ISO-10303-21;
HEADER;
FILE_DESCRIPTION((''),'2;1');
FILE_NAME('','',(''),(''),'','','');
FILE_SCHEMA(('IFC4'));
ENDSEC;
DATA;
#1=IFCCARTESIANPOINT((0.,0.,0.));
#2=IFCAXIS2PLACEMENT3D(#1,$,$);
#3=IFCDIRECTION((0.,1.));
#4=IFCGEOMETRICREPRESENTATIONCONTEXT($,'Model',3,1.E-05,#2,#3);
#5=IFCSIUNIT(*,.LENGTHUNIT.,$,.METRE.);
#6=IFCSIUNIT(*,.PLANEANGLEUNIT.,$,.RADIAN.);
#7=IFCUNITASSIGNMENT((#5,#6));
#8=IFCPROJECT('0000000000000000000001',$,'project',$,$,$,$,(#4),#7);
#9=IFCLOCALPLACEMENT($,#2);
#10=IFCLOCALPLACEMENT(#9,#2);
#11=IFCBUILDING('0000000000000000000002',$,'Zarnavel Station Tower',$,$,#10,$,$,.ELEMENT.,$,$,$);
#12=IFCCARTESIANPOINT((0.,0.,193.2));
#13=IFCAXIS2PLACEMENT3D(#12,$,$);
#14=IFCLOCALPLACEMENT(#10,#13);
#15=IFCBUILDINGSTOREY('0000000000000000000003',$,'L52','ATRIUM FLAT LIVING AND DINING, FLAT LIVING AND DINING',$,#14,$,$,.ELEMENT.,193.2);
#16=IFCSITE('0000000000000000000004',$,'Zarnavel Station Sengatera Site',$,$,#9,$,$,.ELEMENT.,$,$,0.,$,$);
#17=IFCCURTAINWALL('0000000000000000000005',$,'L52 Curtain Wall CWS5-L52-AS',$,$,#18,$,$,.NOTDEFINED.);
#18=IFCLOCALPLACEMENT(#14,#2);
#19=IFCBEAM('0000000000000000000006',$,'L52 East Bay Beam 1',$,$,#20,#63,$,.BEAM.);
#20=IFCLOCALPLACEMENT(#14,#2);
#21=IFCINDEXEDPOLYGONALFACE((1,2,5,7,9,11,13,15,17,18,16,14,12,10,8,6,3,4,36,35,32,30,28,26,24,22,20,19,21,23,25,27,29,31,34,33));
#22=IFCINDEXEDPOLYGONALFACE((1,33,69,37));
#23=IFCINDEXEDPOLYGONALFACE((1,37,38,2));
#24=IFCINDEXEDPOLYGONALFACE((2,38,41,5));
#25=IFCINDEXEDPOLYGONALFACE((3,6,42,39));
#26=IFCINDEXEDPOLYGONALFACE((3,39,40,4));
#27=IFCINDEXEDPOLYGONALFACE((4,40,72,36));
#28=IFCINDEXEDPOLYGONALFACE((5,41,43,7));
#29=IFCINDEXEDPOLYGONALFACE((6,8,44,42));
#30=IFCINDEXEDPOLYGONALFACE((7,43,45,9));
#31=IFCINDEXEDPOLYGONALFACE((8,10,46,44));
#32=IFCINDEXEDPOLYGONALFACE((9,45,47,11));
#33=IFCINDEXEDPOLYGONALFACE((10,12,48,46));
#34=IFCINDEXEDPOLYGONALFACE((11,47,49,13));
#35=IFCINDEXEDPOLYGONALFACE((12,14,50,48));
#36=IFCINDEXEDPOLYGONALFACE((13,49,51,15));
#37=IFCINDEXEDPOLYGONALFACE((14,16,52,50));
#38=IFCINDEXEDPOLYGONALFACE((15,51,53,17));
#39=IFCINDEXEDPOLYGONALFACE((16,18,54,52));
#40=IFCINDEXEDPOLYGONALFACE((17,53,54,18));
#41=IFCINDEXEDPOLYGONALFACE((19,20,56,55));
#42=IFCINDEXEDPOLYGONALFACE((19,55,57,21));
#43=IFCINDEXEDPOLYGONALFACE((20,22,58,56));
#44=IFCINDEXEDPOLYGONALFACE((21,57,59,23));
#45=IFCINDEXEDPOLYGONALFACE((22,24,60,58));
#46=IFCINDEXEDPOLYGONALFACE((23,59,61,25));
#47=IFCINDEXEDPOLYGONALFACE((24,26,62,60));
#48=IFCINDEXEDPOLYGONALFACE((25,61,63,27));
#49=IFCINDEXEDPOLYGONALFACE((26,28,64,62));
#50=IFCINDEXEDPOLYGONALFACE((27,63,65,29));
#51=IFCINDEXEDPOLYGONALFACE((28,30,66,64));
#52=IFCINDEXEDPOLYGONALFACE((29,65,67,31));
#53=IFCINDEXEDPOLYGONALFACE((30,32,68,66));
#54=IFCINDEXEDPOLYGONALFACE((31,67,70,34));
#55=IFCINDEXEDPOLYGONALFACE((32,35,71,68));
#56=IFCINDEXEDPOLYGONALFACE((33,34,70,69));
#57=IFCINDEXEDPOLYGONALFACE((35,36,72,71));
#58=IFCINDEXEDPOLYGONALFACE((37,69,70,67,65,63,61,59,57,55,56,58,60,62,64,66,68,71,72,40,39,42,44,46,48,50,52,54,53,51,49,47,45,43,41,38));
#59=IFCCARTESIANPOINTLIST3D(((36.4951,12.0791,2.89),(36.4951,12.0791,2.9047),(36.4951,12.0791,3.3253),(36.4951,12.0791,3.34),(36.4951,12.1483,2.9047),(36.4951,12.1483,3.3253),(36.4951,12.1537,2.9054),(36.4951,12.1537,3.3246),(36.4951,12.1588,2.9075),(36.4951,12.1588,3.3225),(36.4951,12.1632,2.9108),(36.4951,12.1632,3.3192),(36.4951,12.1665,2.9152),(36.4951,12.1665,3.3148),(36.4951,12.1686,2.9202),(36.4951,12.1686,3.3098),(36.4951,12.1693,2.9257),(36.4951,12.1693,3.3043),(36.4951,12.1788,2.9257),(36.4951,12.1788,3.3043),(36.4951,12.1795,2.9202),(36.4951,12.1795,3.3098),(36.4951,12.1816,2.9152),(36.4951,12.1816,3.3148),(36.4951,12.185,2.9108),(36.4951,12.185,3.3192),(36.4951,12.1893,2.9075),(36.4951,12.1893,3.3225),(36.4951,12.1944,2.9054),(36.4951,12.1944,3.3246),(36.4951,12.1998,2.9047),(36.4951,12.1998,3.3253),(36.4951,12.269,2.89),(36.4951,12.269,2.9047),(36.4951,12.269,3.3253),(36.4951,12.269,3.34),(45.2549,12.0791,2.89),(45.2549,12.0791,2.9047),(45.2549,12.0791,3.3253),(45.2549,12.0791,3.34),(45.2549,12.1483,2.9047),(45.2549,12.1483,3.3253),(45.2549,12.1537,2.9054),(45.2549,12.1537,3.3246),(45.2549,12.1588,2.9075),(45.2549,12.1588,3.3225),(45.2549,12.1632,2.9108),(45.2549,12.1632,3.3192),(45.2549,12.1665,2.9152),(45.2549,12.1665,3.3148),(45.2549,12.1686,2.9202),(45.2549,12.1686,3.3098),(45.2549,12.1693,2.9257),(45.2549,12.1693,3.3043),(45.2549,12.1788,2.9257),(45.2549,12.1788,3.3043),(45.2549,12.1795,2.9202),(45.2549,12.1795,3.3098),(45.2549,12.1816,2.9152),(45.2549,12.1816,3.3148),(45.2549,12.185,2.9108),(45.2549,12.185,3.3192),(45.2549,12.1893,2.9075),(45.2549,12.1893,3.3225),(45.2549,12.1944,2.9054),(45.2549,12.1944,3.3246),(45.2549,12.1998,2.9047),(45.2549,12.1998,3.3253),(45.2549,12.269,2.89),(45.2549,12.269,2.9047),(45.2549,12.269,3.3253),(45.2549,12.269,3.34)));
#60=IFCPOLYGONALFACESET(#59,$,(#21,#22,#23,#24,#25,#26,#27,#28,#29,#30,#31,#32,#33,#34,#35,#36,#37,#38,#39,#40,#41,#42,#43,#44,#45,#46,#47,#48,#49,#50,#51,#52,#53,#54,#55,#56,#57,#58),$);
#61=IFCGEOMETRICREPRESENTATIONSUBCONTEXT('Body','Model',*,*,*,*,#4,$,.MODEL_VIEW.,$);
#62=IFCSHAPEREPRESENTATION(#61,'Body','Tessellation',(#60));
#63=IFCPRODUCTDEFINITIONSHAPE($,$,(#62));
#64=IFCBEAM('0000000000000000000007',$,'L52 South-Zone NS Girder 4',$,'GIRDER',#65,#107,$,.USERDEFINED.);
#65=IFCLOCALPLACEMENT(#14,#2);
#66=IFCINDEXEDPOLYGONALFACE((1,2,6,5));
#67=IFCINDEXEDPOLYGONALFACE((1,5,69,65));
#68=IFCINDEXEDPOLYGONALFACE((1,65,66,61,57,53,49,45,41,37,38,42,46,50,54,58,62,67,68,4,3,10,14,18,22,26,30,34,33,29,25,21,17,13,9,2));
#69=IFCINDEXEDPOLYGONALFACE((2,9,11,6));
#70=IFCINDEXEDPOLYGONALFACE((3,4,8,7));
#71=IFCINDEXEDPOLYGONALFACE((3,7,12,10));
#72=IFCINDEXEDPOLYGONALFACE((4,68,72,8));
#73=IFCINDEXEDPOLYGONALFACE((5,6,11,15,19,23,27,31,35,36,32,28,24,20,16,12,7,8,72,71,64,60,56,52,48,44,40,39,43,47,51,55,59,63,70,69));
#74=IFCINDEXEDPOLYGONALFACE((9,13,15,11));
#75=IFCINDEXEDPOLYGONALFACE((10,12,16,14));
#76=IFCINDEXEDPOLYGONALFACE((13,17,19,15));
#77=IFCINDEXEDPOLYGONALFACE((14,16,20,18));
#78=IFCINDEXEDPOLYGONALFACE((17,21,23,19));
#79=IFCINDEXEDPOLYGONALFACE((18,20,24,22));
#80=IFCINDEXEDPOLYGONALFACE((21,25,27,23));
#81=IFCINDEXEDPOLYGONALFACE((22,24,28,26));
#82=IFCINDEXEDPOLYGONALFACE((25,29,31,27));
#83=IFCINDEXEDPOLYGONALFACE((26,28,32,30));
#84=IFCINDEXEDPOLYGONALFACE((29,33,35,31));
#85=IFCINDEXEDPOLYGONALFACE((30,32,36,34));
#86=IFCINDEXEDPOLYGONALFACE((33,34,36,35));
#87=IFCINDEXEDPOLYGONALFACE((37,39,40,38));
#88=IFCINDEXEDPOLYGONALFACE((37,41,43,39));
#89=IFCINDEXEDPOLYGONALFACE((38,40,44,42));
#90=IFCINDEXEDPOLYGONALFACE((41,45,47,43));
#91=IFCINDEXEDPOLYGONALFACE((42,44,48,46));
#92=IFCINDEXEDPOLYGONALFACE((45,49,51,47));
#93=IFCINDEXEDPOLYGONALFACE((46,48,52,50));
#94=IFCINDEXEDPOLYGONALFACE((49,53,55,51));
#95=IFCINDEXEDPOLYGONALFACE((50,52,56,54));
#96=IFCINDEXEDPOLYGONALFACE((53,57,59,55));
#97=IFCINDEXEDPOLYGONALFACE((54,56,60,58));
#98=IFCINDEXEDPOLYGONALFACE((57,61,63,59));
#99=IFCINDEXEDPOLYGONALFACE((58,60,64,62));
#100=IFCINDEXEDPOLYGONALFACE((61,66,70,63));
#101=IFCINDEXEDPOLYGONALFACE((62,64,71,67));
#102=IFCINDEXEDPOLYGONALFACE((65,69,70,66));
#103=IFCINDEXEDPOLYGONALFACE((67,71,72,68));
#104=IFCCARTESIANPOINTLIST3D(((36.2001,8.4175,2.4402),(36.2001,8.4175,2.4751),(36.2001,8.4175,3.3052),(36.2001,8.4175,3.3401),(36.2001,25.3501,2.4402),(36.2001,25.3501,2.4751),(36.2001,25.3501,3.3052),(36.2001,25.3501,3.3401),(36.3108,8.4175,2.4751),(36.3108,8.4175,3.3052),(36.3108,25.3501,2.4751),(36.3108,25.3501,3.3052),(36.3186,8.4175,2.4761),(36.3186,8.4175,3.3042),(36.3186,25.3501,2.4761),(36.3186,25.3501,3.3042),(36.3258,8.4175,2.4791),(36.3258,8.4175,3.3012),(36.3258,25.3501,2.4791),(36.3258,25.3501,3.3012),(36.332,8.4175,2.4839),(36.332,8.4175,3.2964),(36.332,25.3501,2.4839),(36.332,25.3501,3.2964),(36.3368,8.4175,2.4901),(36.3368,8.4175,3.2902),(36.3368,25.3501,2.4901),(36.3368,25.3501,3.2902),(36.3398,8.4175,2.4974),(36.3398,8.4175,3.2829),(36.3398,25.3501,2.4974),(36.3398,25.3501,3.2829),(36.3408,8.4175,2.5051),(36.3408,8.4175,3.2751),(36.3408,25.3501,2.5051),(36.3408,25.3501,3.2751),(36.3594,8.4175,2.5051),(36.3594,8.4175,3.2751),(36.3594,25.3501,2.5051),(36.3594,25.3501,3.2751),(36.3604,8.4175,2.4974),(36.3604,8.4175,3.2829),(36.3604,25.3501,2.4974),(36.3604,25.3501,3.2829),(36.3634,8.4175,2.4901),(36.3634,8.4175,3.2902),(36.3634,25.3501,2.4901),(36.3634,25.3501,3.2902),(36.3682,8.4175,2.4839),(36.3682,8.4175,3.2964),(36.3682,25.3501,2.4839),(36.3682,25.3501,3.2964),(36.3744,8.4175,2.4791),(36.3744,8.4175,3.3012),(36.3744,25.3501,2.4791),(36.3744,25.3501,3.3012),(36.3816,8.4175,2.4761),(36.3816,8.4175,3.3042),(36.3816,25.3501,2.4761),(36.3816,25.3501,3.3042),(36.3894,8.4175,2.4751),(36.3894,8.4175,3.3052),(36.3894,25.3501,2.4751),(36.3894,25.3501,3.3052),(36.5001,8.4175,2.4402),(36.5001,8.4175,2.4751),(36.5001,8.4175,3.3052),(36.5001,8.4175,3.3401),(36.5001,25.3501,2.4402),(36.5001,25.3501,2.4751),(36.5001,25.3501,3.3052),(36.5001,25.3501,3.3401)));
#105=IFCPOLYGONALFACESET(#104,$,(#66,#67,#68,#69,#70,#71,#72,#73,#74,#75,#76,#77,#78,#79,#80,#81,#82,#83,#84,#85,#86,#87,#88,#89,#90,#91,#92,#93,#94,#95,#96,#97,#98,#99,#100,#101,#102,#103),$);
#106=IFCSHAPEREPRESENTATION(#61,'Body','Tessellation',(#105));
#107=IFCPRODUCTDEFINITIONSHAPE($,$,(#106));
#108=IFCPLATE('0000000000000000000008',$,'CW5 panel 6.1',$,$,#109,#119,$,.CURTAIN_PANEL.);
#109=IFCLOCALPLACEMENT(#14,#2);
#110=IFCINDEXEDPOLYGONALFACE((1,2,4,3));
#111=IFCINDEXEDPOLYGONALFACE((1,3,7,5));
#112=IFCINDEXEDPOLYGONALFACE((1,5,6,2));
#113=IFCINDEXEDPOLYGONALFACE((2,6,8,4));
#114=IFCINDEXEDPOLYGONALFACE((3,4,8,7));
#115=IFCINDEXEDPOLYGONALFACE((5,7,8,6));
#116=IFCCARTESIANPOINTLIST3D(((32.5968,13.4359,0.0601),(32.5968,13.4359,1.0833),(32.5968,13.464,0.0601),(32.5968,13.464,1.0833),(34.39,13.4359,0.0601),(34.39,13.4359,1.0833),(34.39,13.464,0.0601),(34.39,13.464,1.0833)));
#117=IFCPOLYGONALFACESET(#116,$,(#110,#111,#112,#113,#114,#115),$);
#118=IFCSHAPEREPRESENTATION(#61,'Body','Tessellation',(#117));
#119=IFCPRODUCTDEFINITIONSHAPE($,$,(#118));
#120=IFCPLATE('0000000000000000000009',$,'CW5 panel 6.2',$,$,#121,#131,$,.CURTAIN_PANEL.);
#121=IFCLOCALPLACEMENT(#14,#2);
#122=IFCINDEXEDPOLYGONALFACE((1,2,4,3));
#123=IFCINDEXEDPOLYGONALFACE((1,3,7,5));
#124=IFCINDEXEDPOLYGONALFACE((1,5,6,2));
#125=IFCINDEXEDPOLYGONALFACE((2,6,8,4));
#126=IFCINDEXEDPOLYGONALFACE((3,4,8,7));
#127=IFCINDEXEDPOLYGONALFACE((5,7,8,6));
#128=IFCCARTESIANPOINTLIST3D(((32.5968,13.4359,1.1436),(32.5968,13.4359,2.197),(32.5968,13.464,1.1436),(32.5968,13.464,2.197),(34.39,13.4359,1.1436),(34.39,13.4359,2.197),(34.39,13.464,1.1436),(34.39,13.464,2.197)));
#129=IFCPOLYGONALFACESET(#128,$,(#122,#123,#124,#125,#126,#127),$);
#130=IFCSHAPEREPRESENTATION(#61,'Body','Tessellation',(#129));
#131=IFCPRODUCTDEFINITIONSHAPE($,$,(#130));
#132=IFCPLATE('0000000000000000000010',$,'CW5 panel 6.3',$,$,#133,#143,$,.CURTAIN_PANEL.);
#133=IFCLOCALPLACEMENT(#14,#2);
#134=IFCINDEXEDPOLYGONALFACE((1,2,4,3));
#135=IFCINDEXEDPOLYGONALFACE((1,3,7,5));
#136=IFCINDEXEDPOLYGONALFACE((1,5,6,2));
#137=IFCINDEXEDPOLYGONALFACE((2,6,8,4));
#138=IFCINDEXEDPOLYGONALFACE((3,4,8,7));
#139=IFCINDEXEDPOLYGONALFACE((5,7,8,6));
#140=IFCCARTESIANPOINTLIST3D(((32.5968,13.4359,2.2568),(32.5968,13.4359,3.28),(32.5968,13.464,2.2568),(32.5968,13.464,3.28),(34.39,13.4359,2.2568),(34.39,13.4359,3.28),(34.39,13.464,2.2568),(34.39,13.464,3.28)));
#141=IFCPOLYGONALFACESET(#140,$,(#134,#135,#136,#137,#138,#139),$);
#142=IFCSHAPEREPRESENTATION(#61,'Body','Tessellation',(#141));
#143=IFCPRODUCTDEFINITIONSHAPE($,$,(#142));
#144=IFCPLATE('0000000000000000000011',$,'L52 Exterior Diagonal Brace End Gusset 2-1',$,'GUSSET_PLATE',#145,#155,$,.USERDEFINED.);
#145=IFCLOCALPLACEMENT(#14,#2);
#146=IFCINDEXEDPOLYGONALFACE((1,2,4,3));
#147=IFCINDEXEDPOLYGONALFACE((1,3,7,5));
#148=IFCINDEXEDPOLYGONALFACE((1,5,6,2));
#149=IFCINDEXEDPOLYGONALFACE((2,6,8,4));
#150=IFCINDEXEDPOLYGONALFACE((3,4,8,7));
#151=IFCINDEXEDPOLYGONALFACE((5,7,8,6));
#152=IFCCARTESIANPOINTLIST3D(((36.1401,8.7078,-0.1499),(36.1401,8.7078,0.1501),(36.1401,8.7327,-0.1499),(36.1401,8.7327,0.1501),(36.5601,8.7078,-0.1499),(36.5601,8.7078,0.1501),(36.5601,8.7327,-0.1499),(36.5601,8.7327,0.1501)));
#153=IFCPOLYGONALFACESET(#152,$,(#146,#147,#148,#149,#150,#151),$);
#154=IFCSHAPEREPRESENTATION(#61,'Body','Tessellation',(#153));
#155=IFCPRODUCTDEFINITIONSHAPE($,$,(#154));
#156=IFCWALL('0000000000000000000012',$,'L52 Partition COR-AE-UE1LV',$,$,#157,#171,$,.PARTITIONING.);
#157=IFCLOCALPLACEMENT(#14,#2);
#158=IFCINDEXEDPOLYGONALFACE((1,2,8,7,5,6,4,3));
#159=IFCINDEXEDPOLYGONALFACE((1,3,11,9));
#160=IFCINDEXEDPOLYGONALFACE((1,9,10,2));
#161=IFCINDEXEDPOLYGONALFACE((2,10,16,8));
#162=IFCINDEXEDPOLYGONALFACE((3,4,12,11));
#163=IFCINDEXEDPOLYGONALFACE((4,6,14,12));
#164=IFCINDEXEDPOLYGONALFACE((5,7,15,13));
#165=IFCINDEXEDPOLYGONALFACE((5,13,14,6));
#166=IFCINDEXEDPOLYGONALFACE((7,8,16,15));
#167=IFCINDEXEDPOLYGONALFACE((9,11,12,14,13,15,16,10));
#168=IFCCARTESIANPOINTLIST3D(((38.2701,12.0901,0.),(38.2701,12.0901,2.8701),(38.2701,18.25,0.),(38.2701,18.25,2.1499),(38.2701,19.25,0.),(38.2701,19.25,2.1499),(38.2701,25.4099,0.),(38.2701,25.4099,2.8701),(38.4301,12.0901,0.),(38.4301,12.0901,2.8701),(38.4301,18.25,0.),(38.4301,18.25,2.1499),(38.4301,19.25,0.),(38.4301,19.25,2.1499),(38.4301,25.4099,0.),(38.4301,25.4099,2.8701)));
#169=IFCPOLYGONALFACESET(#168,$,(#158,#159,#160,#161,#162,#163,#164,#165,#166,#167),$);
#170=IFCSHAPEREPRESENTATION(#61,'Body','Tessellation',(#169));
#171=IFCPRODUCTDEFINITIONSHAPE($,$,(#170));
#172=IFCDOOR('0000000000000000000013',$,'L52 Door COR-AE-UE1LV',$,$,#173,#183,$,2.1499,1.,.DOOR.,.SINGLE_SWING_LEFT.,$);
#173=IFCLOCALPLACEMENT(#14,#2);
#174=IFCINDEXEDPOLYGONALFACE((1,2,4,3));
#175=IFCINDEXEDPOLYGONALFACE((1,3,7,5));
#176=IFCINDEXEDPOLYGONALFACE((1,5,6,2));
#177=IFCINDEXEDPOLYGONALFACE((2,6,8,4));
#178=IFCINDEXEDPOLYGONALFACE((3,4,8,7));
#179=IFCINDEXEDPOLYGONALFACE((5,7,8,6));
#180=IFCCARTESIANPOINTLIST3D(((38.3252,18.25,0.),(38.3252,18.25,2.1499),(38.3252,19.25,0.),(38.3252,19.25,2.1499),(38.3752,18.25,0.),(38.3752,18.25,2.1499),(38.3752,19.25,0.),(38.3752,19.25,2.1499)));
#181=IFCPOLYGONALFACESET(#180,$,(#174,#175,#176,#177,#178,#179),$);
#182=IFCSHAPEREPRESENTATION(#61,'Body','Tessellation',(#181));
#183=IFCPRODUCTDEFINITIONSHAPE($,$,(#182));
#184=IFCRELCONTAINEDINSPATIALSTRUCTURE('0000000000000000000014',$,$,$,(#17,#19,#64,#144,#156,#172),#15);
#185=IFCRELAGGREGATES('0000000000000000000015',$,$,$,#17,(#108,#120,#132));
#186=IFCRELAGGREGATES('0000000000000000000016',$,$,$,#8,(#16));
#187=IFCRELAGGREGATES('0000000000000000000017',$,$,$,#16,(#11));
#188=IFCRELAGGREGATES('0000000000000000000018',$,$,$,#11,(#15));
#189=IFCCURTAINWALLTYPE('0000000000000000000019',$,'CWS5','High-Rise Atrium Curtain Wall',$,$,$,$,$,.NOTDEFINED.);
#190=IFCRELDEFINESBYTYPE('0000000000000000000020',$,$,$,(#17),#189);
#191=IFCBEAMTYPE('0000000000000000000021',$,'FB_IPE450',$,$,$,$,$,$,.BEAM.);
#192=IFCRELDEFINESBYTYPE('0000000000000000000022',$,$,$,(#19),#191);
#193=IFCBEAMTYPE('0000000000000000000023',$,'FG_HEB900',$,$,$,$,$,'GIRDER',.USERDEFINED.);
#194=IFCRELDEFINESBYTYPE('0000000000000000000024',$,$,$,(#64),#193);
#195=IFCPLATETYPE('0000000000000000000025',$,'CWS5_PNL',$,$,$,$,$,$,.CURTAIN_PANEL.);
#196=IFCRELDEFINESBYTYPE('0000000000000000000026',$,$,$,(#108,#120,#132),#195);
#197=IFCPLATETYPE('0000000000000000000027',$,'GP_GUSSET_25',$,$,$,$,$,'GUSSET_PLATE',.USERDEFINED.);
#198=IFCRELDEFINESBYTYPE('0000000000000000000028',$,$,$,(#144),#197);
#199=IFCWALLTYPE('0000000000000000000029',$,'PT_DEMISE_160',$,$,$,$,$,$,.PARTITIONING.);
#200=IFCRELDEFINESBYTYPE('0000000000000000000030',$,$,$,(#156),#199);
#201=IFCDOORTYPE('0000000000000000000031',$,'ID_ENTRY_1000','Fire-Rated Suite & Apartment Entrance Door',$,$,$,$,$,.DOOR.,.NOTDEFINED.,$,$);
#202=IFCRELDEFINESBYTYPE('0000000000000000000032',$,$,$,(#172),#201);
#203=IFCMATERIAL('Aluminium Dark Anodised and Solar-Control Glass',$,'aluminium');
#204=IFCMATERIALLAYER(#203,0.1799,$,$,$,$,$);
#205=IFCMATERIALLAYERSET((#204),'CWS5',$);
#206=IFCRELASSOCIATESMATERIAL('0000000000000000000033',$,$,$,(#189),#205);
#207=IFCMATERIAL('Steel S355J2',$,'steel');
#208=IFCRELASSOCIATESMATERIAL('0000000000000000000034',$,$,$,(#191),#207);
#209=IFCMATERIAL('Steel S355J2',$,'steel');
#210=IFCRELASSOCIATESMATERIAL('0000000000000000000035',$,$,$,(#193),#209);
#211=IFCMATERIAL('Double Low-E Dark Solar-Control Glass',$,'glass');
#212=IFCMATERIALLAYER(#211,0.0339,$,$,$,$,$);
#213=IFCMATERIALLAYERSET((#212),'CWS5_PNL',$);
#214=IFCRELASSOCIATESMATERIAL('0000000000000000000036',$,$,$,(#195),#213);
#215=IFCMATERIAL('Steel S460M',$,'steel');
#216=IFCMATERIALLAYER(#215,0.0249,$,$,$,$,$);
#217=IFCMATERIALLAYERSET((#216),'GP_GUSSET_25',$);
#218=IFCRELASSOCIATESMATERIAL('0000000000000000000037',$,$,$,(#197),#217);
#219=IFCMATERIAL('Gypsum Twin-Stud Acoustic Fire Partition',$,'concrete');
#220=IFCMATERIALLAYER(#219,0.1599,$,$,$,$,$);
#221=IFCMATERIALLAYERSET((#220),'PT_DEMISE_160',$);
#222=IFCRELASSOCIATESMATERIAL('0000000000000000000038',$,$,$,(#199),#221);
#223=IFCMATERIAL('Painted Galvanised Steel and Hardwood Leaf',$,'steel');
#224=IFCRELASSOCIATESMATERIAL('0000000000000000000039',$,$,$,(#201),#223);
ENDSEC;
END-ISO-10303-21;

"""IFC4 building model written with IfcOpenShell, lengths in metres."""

from ifc_helpers import new_model, si_unit, direction, frame, frame_2d, origin, origin_2d, place, context, subcontext, project, spatial, rectangle, i_section, extrude, material, layer, layer_set, material_profile, profile_set, type_object, element, fill, aggregate, save


model = new_model("IFC4")

# Units and contexts
model_context = context("Model", 3, precision=1e-05, world=origin(), true_north=direction((0.0, 1.0)))
body_context = subcontext(model_context, "Body", "Model", "MODEL_VIEW")
ifc_project = project(units=[si_unit("LENGTHUNIT", "METRE"), si_unit("PLANEANGLEUNIT", "RADIAN")], contexts=[model_context])

# Site, building, storey
site_placement = place(None, origin())
site = spatial("IfcSite", under=ifc_project, at=site_placement, Name="Zarnavel Station Sengatera Site", CompositionType="ELEMENT", RefElevation=0.0)
building_placement = place(site_placement, origin())
building = spatial("IfcBuilding", under=site, at=building_placement, Name="Zarnavel Station Tower", CompositionType="ELEMENT")
storey_placement = place(building_placement, frame((0.0, 0.0, 193.2)))
storey = spatial("IfcBuildingStorey", under=building, at=storey_placement, Name="L52", Description="ATRIUM FLAT LIVING AND DINING, FLAT LIVING AND DINING", CompositionType="ELEMENT", Elevation=193.2)

# Curtain wall
ifc_material_1 = material(Name="Aluminium Dark Anodised and Solar-Control Glass", Category="aluminium")
ifc_layer_1 = layer(ifc_material_1, 0.1799)
ifc_layer_set_1 = layer_set([ifc_layer_1], Name="CWS5")
curtain_wall_type = type_object("IfcCurtainWallType", Name="CWS5", Description="High-Rise Atrium Curtain Wall", PredefinedType="NOTDEFINED", material=ifc_layer_set_1)
curtain_wall_placement = place(storey_placement, origin())
curtain_wall = element("IfcCurtainWall", 1, at=curtain_wall_placement, inside=storey, type_object=curtain_wall_type, Name="L52 Curtain Wall CWS5-L52-AS", PredefinedType="NOTDEFINED")

# Beams
ifc_material_2 = material(Name="Steel S355J2", Category="steel")
ifc_material_profile_1 = material_profile(ifc_material_2, i_section(OverallWidth=0.1899, OverallDepth=0.45, WebThickness=0.0095, FlangeThickness=0.0146, FilletRadius=0.021, at=origin_2d()), Name="IPE450")
ifc_profile_set_1 = profile_set([ifc_material_profile_1], Name="Steel S355J2")
beam_type_1 = type_object("IfcBeamType", Name="FB_IPE450", PredefinedType="BEAM", material=ifc_profile_set_1)
beam_1_placement = place(storey_placement, frame((36.4951, 12.1741, 3.115), z_axis=(1.0, 0.0, 0.0), x_axis=(0.0, 1.0, 0.0)))
element("IfcBeam", 2, at=beam_1_placement, inside=storey, type_object=beam_type_1, Name="L52 East Bay Beam 1", PredefinedType="BEAM", context=body_context, shape_type="SweptSolid", body=[
    extrude(i_section(OverallWidth=0.1899, OverallDepth=0.45, WebThickness=0.0095, FlangeThickness=0.0146, FilletRadius=0.021, at=origin_2d()), origin(), (0.0, 0.0, 1.0), 8.7598),
])
ifc_material_3 = material(Name="Steel S355J2", Category="steel")
ifc_material_profile_2 = material_profile(ifc_material_3, i_section(OverallWidth=0.3, OverallDepth=0.8999, WebThickness=0.0186, FlangeThickness=0.0349, FilletRadius=0.03, at=origin_2d()), Name="HEB900")
ifc_profile_set_2 = profile_set([ifc_material_profile_2], Name="Steel S355J2")
beam_type_2 = type_object("IfcBeamType", Name="FG_HEB900", ElementType="GIRDER", PredefinedType="USERDEFINED", material=ifc_profile_set_2)
beam_2_placement = place(storey_placement, frame((36.3501, 8.4175, 2.8901), z_axis=(0.0, 1.0, 0.0), x_axis=(-1.0, 0.0, 0.0)))
element("IfcBeam", 3, at=beam_2_placement, inside=storey, type_object=beam_type_2, Name="L52 South-Zone NS Girder 4", ObjectType="GIRDER", PredefinedType="USERDEFINED", context=body_context, shape_type="SweptSolid", body=[
    extrude(i_section(OverallWidth=0.3, OverallDepth=0.8999, WebThickness=0.0186, FlangeThickness=0.0349, FilletRadius=0.03, at=origin_2d()), origin(), (0.0, 0.0, 1.0), 16.9326),
])

# Plates
ifc_material_4 = material(Name="Double Low-E Dark Solar-Control Glass", Category="glass")
ifc_layer_2 = layer(ifc_material_4, 0.0339)
ifc_layer_set_2 = layer_set([ifc_layer_2], Name="CWS5_PNL")
plate_type_1 = type_object("IfcPlateType", Name="CWS5_PNL", PredefinedType="CURTAIN_PANEL", material=ifc_layer_set_2)
plate_1_placement = place(storey_placement, frame((33.4934, 13.45, 0.0601), z_axis=(0.0, 0.0, 1.0), x_axis=(1.0, 0.0, 0.0)))
plate_1 = element("IfcPlate", 4, at=plate_1_placement, type_object=plate_type_1, Name="CW5 panel 6.1", PredefinedType="CURTAIN_PANEL", context=body_context, shape_type="SweptSolid", body=[
    extrude(rectangle(XDim=1.7932, YDim=0.0281, at=origin_2d()), origin(), (0.0, 0.0, 1.0), 1.0232),
])
plate_2_placement = place(storey_placement, frame((33.4934, 13.45, 1.1436), z_axis=(0.0, 0.0, 1.0), x_axis=(1.0, 0.0, 0.0)))
plate_2 = element("IfcPlate", 5, at=plate_2_placement, type_object=plate_type_1, Name="CW5 panel 6.2", PredefinedType="CURTAIN_PANEL", context=body_context, shape_type="SweptSolid", body=[
    extrude(rectangle(XDim=1.7932, YDim=0.0281, at=origin_2d()), origin(), (0.0, 0.0, 1.0), 1.0535),
])
plate_3_placement = place(storey_placement, frame((33.4934, 13.45, 2.2568), z_axis=(0.0, 0.0, 1.0), x_axis=(1.0, 0.0, 0.0)))
plate_3 = element("IfcPlate", 6, at=plate_3_placement, type_object=plate_type_1, Name="CW5 panel 6.3", PredefinedType="CURTAIN_PANEL", context=body_context, shape_type="SweptSolid", body=[
    extrude(rectangle(XDim=1.7932, YDim=0.0281, at=origin_2d()), origin(), (0.0, 0.0, 1.0), 1.0232),
])
aggregate(curtain_wall, [plate_1, plate_2, plate_3])
ifc_material_5 = material(Name="Steel S460M", Category="steel")
ifc_layer_3 = layer(ifc_material_5, 0.0249)
ifc_layer_set_3 = layer_set([ifc_layer_3], Name="GP_GUSSET_25")
plate_type_2 = type_object("IfcPlateType", Name="GP_GUSSET_25", ElementType="GUSSET_PLATE", PredefinedType="USERDEFINED", material=ifc_layer_set_3)
plate_4_placement = place(storey_placement, frame((36.3501, 8.7202, -0.1499), z_axis=(0.0, 0.0, 1.0), x_axis=(1.0, 0.0, 0.0)))
element("IfcPlate", 7, at=plate_4_placement, inside=storey, type_object=plate_type_2, Name="L52 Exterior Diagonal Brace End Gusset 2-1", ObjectType="GUSSET_PLATE", PredefinedType="USERDEFINED", context=body_context, shape_type="SweptSolid", body=[
    extrude(rectangle(XDim=0.4199, YDim=0.0249, at=origin_2d()), origin(), (0.0, 0.0, 1.0), 0.3),
])

# Wall, opening, door
ifc_material_6 = material(Name="Gypsum Twin-Stud Acoustic Fire Partition", Category="concrete")
ifc_layer_4 = layer(ifc_material_6, 0.1599)
ifc_layer_set_4 = layer_set([ifc_layer_4], Name="PT_DEMISE_160")
wall_type_1 = type_object("IfcWallType", Name="PT_DEMISE_160", PredefinedType="PARTITIONING", material=ifc_layer_set_4)
wall_1_placement = place(storey_placement, frame((38.3501, 12.0901, 0.0), z_axis=(0.0, 0.0, 1.0), x_axis=(0.0, 1.0, 0.0)))
wall_1 = element("IfcWall", 8, at=wall_1_placement, inside=storey, type_object=wall_type_1, Name="L52 Partition COR-AE-UE1LV", PredefinedType="PARTITIONING", context=body_context, shape_type="SweptSolid", body=[
    extrude(rectangle(XDim=13.3198, YDim=0.1599, at=frame_2d((6.6599, 0.0))), origin(), (0.0, 0.0, 1.0), 2.8701),
])
opening_1_placement = place(wall_1_placement, frame((6.1599, 0.0, 0.0)))
opening_1 = element("IfcOpeningElement", 9, at=opening_1_placement, cuts=wall_1, PredefinedType="OPENING", context=body_context, shape_type="SweptSolid", body=[
    extrude(rectangle(XDim=1.0, YDim=2.1499, at=frame_2d((0.5, 1.075))), frame((0.0, 0.0898, 0.0), z_axis=(0.0, -1.0, 0.0), x_axis=(1.0, 0.0, 0.0)), (0.0, 0.0, 1.0), 0.1799),
])
ifc_material_7 = material(Name="Painted Galvanised Steel and Hardwood Leaf", Category="steel")
door_type_1 = type_object("IfcDoorType", Name="ID_ENTRY_1000", Description="Fire-Rated Suite & Apartment Entrance Door", OperationType="NOTDEFINED", PredefinedType="DOOR", material=ifc_material_7)
door_1_placement = place(opening_1_placement, origin())
door_1 = element("IfcDoor", 10, at=door_1_placement, inside=storey, type_object=door_type_1, Name="L52 Door COR-AE-UE1LV", OperationType="SINGLE_SWING_LEFT", OverallHeight=2.1499, OverallWidth=1.0, PredefinedType="DOOR", context=body_context, shape_type="SweptSolid", body=[
    extrude(rectangle(XDim=1.0, YDim=2.1499, at=frame_2d((0.5, 1.075))), frame((0.0, 0.0249, 0.0), z_axis=(0.0, -1.0, 0.0), x_axis=(1.0, 0.0, 0.0)), (0.0, 0.0, 1.0), 0.05),
])
fill(opening_1, door_1)

save(model, "model.ifc")
